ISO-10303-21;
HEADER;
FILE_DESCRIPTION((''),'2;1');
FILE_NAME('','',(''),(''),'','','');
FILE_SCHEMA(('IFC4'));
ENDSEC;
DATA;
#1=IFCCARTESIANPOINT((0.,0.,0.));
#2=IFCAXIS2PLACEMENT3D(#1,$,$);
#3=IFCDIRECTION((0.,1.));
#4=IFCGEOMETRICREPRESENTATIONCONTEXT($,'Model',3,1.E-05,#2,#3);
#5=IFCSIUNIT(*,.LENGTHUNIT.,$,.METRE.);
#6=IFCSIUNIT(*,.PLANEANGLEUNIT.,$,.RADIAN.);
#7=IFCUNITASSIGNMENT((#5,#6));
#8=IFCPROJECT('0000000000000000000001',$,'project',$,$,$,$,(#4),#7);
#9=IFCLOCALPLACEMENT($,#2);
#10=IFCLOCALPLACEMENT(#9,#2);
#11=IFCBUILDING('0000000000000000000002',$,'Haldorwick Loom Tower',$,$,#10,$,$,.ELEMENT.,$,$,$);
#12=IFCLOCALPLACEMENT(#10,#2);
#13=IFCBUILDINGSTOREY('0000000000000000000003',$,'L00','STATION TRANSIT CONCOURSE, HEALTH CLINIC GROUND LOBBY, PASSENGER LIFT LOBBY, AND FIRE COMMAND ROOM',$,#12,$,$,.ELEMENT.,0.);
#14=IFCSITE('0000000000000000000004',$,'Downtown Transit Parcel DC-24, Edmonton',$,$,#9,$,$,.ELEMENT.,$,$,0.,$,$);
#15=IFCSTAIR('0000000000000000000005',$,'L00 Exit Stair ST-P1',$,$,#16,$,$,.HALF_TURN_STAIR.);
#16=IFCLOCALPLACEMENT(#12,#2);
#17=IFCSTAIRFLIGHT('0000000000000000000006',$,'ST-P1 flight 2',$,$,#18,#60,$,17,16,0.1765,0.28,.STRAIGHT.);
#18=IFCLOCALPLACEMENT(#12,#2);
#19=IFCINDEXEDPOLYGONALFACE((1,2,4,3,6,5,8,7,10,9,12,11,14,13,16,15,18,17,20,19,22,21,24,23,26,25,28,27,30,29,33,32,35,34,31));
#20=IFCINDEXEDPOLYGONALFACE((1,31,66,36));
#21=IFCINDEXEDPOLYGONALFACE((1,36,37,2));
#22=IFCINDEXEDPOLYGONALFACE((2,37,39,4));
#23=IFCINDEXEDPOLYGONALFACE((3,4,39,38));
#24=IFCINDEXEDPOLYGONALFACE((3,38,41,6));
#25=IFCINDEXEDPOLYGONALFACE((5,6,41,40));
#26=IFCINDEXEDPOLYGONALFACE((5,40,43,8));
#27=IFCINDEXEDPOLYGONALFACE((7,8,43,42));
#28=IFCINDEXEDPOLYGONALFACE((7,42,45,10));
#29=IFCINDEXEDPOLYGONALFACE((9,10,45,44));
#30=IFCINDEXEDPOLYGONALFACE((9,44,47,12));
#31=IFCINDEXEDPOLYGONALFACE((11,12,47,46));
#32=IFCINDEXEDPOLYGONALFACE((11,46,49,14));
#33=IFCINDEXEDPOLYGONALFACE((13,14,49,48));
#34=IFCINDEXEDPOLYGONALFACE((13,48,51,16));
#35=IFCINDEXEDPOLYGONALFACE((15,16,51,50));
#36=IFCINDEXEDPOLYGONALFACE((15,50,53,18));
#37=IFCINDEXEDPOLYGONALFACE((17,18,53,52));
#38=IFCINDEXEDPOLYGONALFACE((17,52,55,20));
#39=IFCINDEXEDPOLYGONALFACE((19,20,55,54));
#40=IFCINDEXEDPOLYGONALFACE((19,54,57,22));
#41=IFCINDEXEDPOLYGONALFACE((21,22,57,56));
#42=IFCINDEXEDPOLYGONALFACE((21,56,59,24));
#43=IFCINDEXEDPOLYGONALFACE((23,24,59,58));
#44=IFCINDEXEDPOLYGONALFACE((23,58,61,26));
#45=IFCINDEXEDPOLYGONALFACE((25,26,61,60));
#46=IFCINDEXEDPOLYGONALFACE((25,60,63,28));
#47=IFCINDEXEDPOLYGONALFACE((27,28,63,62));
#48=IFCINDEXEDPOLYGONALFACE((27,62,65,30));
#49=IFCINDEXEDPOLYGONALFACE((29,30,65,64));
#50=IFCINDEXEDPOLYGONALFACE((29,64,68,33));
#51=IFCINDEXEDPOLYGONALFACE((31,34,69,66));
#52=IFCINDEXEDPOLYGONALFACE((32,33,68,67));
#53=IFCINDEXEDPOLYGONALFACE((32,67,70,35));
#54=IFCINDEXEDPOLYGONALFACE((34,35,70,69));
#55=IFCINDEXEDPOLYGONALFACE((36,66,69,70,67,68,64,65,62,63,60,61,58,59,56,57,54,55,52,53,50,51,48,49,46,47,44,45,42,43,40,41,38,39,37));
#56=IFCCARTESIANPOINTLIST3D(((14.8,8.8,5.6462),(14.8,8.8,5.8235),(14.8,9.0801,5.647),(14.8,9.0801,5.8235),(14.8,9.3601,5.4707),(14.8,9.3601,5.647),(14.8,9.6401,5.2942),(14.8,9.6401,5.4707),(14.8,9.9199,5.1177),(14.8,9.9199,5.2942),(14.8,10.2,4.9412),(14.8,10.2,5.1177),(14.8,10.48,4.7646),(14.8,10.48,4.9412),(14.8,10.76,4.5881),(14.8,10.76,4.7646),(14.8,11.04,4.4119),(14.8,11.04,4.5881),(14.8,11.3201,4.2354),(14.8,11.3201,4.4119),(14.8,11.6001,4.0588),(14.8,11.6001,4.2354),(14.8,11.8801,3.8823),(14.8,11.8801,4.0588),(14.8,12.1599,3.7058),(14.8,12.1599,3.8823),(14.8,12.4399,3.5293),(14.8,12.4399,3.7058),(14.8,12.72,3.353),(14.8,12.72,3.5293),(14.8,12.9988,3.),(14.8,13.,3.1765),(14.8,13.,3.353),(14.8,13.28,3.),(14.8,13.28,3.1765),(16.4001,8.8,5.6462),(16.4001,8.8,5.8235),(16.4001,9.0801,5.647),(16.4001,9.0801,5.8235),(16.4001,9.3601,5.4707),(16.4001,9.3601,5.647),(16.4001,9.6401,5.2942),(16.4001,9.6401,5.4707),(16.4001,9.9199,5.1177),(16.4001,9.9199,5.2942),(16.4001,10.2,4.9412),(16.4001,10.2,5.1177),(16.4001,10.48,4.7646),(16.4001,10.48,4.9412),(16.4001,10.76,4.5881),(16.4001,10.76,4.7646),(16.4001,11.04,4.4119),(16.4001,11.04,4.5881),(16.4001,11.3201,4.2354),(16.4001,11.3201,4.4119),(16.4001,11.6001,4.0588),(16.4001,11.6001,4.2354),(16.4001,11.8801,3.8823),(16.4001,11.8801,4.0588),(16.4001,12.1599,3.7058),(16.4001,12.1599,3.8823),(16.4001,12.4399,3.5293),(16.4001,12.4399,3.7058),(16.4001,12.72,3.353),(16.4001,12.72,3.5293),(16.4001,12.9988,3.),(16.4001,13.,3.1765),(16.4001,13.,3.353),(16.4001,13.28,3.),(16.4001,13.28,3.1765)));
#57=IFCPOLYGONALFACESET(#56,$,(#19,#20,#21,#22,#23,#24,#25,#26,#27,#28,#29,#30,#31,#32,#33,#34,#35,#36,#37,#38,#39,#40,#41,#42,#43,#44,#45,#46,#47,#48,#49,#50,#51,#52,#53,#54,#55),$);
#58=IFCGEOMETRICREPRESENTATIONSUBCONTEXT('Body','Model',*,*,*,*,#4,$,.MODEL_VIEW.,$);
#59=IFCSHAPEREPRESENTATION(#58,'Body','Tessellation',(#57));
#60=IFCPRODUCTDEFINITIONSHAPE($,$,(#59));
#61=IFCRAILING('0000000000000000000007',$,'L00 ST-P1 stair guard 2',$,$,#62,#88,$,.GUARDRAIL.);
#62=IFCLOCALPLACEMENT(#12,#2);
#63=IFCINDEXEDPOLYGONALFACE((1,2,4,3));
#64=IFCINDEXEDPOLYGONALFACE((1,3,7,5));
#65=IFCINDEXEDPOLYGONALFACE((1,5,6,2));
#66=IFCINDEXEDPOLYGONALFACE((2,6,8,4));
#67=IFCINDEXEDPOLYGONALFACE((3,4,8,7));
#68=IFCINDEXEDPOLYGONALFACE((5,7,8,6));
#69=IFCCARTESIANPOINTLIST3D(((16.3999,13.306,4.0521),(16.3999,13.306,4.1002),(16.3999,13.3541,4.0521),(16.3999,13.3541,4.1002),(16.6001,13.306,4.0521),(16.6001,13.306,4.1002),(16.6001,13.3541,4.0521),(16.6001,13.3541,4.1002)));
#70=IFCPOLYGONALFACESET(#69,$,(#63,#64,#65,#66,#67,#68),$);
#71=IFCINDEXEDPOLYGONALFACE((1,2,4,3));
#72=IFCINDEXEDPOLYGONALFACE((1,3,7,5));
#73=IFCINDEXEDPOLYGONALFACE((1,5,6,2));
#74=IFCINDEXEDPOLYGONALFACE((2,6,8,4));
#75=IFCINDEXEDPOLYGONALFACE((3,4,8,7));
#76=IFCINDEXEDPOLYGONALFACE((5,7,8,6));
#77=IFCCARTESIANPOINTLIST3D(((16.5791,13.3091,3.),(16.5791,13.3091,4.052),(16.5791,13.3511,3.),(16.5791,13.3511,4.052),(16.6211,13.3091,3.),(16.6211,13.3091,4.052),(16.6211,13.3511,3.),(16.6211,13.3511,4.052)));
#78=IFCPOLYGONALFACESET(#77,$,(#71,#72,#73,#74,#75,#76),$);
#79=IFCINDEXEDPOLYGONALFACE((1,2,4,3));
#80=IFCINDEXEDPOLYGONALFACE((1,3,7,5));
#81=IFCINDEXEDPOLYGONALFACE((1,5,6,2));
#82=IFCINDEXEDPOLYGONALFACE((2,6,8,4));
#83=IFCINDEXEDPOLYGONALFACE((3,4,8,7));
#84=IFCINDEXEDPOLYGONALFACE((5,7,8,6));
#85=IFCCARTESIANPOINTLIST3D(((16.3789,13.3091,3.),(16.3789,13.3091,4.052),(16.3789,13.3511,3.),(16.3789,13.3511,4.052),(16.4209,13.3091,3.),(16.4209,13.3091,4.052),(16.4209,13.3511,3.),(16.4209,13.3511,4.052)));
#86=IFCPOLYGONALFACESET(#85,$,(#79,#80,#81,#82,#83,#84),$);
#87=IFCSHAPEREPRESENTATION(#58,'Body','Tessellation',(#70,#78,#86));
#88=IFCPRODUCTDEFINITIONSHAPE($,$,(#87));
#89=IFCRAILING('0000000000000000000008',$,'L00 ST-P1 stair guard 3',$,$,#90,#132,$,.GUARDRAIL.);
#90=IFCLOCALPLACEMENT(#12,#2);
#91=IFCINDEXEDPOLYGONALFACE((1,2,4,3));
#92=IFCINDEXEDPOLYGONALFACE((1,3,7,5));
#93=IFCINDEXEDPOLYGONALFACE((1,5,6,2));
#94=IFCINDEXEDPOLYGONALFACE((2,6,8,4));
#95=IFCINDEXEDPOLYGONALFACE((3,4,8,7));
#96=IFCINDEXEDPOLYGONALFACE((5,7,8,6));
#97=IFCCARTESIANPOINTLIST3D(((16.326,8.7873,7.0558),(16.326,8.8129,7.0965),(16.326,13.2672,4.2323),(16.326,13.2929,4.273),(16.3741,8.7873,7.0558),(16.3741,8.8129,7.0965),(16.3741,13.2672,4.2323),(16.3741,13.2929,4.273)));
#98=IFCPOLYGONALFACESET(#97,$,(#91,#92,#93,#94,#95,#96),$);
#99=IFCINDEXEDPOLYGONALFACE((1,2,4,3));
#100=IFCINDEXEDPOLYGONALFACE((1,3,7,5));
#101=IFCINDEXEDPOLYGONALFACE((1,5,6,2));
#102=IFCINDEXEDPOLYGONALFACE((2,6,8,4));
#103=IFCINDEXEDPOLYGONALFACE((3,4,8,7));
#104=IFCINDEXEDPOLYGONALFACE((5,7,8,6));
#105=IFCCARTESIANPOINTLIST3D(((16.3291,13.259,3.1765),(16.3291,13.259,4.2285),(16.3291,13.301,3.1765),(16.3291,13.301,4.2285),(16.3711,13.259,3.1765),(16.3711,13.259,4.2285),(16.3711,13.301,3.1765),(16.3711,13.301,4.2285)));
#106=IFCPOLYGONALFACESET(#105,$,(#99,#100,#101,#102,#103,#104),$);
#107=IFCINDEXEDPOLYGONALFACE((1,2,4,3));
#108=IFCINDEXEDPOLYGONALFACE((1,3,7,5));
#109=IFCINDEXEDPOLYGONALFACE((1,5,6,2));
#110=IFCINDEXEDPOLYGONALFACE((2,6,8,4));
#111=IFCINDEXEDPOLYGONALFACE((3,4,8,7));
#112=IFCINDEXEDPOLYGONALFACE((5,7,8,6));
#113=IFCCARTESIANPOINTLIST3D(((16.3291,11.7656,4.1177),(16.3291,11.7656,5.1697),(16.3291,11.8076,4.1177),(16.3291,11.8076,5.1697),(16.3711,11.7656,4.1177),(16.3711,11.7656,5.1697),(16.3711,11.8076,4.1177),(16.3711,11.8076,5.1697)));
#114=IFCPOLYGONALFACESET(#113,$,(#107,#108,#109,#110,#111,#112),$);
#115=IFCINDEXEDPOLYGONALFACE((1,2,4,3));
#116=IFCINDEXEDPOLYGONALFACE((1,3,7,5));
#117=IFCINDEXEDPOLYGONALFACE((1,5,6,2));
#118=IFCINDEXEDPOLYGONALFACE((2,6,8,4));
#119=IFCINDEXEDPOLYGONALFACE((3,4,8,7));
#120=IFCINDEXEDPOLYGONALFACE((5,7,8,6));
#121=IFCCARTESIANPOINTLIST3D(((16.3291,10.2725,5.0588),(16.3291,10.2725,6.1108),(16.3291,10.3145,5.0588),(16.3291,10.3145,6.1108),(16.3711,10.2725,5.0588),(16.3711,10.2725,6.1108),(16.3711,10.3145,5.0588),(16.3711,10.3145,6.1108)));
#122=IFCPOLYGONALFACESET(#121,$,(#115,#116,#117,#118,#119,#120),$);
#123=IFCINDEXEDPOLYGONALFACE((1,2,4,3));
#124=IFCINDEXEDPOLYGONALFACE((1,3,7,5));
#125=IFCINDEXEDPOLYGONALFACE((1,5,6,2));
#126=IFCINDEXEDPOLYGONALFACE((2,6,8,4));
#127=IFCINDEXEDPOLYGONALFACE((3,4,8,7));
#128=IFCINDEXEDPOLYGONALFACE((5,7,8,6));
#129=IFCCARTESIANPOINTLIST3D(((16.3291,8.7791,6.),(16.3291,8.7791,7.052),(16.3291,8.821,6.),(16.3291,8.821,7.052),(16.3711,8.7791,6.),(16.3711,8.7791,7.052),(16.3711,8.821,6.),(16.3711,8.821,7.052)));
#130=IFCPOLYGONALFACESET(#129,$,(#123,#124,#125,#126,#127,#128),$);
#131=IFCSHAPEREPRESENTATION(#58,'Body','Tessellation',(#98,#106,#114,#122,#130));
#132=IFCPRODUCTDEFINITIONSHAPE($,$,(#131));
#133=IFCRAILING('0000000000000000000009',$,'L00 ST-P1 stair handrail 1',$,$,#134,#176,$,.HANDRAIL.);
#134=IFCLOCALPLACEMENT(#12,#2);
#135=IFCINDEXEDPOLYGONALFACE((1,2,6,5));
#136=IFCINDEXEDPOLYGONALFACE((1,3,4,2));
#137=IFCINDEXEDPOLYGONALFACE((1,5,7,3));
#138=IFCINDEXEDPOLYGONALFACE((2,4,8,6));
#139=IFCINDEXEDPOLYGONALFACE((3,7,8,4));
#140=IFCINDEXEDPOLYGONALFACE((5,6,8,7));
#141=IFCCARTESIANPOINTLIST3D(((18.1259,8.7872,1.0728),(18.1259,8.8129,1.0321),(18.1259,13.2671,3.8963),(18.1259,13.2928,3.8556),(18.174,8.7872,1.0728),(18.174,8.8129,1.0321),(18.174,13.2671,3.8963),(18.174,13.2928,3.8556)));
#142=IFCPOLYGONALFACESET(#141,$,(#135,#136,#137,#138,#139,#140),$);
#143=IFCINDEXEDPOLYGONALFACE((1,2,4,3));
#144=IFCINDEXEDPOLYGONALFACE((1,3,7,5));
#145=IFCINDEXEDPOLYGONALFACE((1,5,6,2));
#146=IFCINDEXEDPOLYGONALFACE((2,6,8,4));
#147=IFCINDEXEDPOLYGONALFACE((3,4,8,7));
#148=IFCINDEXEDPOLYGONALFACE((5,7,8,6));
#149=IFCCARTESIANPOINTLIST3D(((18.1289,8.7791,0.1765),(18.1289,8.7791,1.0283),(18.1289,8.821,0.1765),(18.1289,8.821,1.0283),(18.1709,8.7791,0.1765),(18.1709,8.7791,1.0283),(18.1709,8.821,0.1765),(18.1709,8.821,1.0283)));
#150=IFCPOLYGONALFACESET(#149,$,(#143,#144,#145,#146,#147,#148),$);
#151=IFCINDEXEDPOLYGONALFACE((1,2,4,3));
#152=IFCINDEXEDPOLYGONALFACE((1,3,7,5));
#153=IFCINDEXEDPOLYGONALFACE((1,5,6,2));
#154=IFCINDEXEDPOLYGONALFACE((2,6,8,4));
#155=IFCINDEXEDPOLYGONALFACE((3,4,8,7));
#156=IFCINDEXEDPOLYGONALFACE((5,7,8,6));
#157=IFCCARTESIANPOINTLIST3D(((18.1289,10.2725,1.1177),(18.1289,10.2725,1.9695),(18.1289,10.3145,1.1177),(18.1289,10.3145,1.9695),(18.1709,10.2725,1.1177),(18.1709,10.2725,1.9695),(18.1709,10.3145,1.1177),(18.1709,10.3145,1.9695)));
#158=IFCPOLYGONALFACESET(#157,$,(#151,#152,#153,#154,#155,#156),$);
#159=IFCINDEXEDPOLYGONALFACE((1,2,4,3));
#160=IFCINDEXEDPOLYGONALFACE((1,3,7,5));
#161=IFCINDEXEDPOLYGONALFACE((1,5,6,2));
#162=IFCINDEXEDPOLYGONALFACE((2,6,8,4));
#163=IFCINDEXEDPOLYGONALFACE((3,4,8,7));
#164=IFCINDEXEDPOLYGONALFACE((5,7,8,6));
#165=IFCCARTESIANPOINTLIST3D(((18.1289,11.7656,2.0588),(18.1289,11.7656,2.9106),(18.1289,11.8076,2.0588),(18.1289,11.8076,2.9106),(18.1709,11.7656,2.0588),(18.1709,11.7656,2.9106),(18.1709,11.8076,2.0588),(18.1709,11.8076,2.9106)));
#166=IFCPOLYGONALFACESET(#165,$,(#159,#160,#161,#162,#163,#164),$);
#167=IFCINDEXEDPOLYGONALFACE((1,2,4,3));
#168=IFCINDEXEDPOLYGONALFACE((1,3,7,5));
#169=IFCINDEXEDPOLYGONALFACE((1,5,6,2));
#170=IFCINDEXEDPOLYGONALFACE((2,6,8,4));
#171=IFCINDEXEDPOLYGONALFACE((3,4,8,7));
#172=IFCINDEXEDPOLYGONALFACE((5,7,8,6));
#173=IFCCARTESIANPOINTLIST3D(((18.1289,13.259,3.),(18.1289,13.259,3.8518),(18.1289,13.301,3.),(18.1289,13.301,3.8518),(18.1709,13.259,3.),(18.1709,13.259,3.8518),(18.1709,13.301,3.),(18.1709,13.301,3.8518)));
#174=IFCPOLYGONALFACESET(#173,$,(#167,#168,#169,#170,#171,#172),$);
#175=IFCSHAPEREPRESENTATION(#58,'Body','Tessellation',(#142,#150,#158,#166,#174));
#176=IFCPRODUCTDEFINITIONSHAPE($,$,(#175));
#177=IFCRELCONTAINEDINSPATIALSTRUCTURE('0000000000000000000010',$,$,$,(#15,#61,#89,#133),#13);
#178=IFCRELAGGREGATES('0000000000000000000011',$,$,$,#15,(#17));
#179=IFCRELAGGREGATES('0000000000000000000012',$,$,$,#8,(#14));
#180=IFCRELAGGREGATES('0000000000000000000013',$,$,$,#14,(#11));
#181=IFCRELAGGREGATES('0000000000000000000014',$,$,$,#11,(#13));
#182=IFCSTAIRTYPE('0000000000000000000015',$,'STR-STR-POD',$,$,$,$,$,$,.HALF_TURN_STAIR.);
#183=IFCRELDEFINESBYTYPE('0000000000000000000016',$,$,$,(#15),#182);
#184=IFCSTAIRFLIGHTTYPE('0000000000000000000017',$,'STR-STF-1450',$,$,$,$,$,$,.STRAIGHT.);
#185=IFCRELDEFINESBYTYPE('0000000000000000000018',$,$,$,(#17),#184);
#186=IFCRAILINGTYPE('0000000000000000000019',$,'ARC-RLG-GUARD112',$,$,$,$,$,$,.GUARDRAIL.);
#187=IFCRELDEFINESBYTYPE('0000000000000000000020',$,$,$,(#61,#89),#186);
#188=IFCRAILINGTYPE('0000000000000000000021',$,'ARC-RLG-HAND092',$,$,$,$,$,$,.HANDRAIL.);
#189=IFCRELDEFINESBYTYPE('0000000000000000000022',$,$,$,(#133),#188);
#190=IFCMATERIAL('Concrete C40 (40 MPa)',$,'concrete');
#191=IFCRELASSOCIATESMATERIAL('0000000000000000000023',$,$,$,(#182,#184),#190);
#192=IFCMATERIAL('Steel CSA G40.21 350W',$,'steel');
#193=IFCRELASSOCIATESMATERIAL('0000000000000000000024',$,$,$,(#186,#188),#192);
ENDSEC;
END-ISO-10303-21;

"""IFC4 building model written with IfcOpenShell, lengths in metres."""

from ifc_helpers import new_model, si_unit, direction, frame, origin, origin_2d, place, context, subcontext, project, spatial, polyline, rectangle, outline, extrude, material, type_object, element, aggregate, save


model = new_model("IFC4")

# Units and contexts
model_context = context("Model", 3, precision=1e-05, world=origin(), true_north=direction((0.0, 1.0)))
body_context = subcontext(model_context, "Body", "Model", "MODEL_VIEW")
ifc_project = project(units=[si_unit("LENGTHUNIT", "METRE"), si_unit("PLANEANGLEUNIT", "RADIAN")], contexts=[model_context])

# Site, building, storey
site_placement = place(None, origin())
site = spatial("IfcSite", under=ifc_project, at=site_placement, Name="Downtown Transit Parcel DC-24, Edmonton", CompositionType="ELEMENT", RefElevation=0.0)
building_placement = place(site_placement, origin())
building = spatial("IfcBuilding", under=site, at=building_placement, Name="Haldorwick Loom Tower", CompositionType="ELEMENT")
storey_placement = place(building_placement, origin())
storey = spatial("IfcBuildingStorey", under=building, at=storey_placement, Name="L00", Description="STATION TRANSIT CONCOURSE, HEALTH CLINIC GROUND LOBBY, PASSENGER LIFT LOBBY, AND FIRE COMMAND ROOM", CompositionType="ELEMENT", Elevation=0.0)

# Shared definitions
ifc_material_1 = material(Name="Steel CSA G40.21 350W", Category="steel")

# Stair, stair flight
ifc_material_2 = material(Name="Concrete C40 (40 MPa)", Category="concrete")
stair_type = type_object("IfcStairType", Name="STR-STR-POD", PredefinedType="HALF_TURN_STAIR", material=ifc_material_2)
stair_placement = place(storey_placement, origin())
stair = element("IfcStair", 1, at=stair_placement, inside=storey, type_object=stair_type, Name="L00 Exit Stair ST-P1", PredefinedType="HALF_TURN_STAIR")
stair_flight_type = type_object("IfcStairFlightType", Name="STR-STF-1450", PredefinedType="STRAIGHT", material=ifc_material_2)
stair_flight_placement = place(storey_placement, frame((15.6001, 13.28, 3.0), z_axis=(0.0, 0.0, 1.0), x_axis=(0.0, -1.0, 0.0)))
stair_flight = element("IfcStairFlight", 2, at=stair_flight_placement, type_object=stair_flight_type, Name="ST-P1 flight 2", NumberOfRisers=17, NumberOfTreads=16, PredefinedType="STRAIGHT", RiserHeight=0.1765, TreadLength=0.28, context=body_context, shape_type="SweptSolid", body=[
    extrude(outline(polyline([(0.0, 0.0), (0.0, 0.1765), (0.28, 0.1765), (0.28, 0.353), (0.5601, 0.353), (0.5601, 0.5293), (0.8401, 0.5293), (0.8401, 0.7058), (1.1201, 0.7058), (1.1201, 0.8823), (1.3999, 0.8823), (1.3999, 1.0588), (1.6799, 1.0588), (1.6799, 1.2354), (1.96, 1.2354), (1.96, 1.4119), (2.24, 1.4119), (2.24, 1.5881), (2.52, 1.5881), (2.52, 1.7646), (2.8, 1.7646), (2.8, 1.9412), (3.0801, 1.9412), (3.0801, 2.1177), (3.3601, 2.1177), (3.3601, 2.2942), (3.6399, 2.2942), (3.6399, 2.4707), (3.9199, 2.4707), (3.9199, 2.647), (4.2, 2.647), (4.2, 2.8235), (4.48, 2.8235), (4.48, 3.0), (4.48, 2.6462), (0.2812, 0.0), (0.0, 0.0)])), frame((0.0, 0.8, 0.0), z_axis=(0.0, -1.0, 0.0), x_axis=(1.0, 0.0, 0.0)), (0.0, 0.0, 1.0), 1.6001),
])
aggregate(stair, [stair_flight])

# Railings
railing_type_1 = type_object("IfcRailingType", Name="ARC-RLG-GUARD112", PredefinedType="GUARDRAIL", material=ifc_material_1)
railing_1_placement = place(storey_placement, frame((16.6001, 13.3301, 3.0)))
element("IfcRailing", 3, at=railing_1_placement, inside=storey, type_object=railing_type_1, Name="L00 ST-P1 stair guard 2", PredefinedType="GUARDRAIL", context=body_context, shape_type="SweptSolid", body=[
    extrude(rectangle(XDim=0.0481, YDim=0.0481, at=origin_2d()), frame((0.0, 0.0, 1.0762), z_axis=(-1.0, 0.0, 0.0), x_axis=(0.0, -1.0, 0.0)), (0.0, 0.0, 1.0), 0.2002),
    extrude(rectangle(XDim=0.042, YDim=0.042, at=origin_2d()), origin(), (0.0, 0.0, 1.0), 1.052),
    extrude(rectangle(XDim=0.042, YDim=0.042, at=origin_2d()), frame((-0.2002, 0.0, 0.0)), (0.0, 0.0, 1.0), 1.052),
])
railing_2_placement = place(storey_placement, frame((16.3501, 13.28, 3.1765)))
element("IfcRailing", 4, at=railing_2_placement, inside=storey, type_object=railing_type_1, Name="L00 ST-P1 stair guard 3", PredefinedType="GUARDRAIL", context=body_context, shape_type="SweptSolid", body=[
    extrude(rectangle(XDim=0.0481, YDim=0.0481, at=origin_2d()), frame((0.0, 0.0, 1.0762), z_axis=(0.0, -0.845998, 0.533186), x_axis=(1.0, 0.0, 0.0)), (0.0, 0.0, 1.0), 5.2954),
    extrude(rectangle(XDim=0.042, YDim=0.042, at=origin_2d()), origin(), (0.0, 0.0, 1.0), 1.052),
    extrude(rectangle(XDim=0.042, YDim=0.042, at=origin_2d()), frame((0.0, -1.4934, 0.9412)), (0.0, 0.0, 1.0), 1.052),
    extrude(rectangle(XDim=0.042, YDim=0.042, at=origin_2d()), frame((0.0, -2.9866, 1.8823)), (0.0, 0.0, 1.0), 1.052),
    extrude(rectangle(XDim=0.042, YDim=0.042, at=origin_2d()), frame((0.0, -4.48, 2.8235)), (0.0, 0.0, 1.0), 1.052),
])
railing_type_2 = type_object("IfcRailingType", Name="ARC-RLG-HAND092", PredefinedType="HANDRAIL", material=ifc_material_1)
railing_3_placement = place(storey_placement, frame((18.1499, 8.8, 0.1765)))
element("IfcRailing", 5, at=railing_3_placement, inside=storey, type_object=railing_type_2, Name="L00 ST-P1 stair handrail 1", PredefinedType="HANDRAIL", context=body_context, shape_type="SweptSolid", body=[
    extrude(rectangle(XDim=0.0481, YDim=0.0481, at=origin_2d()), frame((0.0, 0.0, 0.876), z_axis=(0.0, 0.845998, 0.533186), x_axis=(-1.0, 0.0, 0.0)), (0.0, 0.0, 1.0), 5.2954),
    extrude(rectangle(XDim=0.042, YDim=0.042, at=origin_2d()), origin(), (0.0, 0.0, 1.0), 0.8518),
    extrude(rectangle(XDim=0.042, YDim=0.042, at=origin_2d()), frame((0.0, 1.4934, 0.9412)), (0.0, 0.0, 1.0), 0.8518),
    extrude(rectangle(XDim=0.042, YDim=0.042, at=origin_2d()), frame((0.0, 2.9866, 1.8823)), (0.0, 0.0, 1.0), 0.8518),
    extrude(rectangle(XDim=0.042, YDim=0.042, at=origin_2d()), frame((0.0, 4.48, 2.8235)), (0.0, 0.0, 1.0), 0.8518),
])

save(model, "model.ifc")
